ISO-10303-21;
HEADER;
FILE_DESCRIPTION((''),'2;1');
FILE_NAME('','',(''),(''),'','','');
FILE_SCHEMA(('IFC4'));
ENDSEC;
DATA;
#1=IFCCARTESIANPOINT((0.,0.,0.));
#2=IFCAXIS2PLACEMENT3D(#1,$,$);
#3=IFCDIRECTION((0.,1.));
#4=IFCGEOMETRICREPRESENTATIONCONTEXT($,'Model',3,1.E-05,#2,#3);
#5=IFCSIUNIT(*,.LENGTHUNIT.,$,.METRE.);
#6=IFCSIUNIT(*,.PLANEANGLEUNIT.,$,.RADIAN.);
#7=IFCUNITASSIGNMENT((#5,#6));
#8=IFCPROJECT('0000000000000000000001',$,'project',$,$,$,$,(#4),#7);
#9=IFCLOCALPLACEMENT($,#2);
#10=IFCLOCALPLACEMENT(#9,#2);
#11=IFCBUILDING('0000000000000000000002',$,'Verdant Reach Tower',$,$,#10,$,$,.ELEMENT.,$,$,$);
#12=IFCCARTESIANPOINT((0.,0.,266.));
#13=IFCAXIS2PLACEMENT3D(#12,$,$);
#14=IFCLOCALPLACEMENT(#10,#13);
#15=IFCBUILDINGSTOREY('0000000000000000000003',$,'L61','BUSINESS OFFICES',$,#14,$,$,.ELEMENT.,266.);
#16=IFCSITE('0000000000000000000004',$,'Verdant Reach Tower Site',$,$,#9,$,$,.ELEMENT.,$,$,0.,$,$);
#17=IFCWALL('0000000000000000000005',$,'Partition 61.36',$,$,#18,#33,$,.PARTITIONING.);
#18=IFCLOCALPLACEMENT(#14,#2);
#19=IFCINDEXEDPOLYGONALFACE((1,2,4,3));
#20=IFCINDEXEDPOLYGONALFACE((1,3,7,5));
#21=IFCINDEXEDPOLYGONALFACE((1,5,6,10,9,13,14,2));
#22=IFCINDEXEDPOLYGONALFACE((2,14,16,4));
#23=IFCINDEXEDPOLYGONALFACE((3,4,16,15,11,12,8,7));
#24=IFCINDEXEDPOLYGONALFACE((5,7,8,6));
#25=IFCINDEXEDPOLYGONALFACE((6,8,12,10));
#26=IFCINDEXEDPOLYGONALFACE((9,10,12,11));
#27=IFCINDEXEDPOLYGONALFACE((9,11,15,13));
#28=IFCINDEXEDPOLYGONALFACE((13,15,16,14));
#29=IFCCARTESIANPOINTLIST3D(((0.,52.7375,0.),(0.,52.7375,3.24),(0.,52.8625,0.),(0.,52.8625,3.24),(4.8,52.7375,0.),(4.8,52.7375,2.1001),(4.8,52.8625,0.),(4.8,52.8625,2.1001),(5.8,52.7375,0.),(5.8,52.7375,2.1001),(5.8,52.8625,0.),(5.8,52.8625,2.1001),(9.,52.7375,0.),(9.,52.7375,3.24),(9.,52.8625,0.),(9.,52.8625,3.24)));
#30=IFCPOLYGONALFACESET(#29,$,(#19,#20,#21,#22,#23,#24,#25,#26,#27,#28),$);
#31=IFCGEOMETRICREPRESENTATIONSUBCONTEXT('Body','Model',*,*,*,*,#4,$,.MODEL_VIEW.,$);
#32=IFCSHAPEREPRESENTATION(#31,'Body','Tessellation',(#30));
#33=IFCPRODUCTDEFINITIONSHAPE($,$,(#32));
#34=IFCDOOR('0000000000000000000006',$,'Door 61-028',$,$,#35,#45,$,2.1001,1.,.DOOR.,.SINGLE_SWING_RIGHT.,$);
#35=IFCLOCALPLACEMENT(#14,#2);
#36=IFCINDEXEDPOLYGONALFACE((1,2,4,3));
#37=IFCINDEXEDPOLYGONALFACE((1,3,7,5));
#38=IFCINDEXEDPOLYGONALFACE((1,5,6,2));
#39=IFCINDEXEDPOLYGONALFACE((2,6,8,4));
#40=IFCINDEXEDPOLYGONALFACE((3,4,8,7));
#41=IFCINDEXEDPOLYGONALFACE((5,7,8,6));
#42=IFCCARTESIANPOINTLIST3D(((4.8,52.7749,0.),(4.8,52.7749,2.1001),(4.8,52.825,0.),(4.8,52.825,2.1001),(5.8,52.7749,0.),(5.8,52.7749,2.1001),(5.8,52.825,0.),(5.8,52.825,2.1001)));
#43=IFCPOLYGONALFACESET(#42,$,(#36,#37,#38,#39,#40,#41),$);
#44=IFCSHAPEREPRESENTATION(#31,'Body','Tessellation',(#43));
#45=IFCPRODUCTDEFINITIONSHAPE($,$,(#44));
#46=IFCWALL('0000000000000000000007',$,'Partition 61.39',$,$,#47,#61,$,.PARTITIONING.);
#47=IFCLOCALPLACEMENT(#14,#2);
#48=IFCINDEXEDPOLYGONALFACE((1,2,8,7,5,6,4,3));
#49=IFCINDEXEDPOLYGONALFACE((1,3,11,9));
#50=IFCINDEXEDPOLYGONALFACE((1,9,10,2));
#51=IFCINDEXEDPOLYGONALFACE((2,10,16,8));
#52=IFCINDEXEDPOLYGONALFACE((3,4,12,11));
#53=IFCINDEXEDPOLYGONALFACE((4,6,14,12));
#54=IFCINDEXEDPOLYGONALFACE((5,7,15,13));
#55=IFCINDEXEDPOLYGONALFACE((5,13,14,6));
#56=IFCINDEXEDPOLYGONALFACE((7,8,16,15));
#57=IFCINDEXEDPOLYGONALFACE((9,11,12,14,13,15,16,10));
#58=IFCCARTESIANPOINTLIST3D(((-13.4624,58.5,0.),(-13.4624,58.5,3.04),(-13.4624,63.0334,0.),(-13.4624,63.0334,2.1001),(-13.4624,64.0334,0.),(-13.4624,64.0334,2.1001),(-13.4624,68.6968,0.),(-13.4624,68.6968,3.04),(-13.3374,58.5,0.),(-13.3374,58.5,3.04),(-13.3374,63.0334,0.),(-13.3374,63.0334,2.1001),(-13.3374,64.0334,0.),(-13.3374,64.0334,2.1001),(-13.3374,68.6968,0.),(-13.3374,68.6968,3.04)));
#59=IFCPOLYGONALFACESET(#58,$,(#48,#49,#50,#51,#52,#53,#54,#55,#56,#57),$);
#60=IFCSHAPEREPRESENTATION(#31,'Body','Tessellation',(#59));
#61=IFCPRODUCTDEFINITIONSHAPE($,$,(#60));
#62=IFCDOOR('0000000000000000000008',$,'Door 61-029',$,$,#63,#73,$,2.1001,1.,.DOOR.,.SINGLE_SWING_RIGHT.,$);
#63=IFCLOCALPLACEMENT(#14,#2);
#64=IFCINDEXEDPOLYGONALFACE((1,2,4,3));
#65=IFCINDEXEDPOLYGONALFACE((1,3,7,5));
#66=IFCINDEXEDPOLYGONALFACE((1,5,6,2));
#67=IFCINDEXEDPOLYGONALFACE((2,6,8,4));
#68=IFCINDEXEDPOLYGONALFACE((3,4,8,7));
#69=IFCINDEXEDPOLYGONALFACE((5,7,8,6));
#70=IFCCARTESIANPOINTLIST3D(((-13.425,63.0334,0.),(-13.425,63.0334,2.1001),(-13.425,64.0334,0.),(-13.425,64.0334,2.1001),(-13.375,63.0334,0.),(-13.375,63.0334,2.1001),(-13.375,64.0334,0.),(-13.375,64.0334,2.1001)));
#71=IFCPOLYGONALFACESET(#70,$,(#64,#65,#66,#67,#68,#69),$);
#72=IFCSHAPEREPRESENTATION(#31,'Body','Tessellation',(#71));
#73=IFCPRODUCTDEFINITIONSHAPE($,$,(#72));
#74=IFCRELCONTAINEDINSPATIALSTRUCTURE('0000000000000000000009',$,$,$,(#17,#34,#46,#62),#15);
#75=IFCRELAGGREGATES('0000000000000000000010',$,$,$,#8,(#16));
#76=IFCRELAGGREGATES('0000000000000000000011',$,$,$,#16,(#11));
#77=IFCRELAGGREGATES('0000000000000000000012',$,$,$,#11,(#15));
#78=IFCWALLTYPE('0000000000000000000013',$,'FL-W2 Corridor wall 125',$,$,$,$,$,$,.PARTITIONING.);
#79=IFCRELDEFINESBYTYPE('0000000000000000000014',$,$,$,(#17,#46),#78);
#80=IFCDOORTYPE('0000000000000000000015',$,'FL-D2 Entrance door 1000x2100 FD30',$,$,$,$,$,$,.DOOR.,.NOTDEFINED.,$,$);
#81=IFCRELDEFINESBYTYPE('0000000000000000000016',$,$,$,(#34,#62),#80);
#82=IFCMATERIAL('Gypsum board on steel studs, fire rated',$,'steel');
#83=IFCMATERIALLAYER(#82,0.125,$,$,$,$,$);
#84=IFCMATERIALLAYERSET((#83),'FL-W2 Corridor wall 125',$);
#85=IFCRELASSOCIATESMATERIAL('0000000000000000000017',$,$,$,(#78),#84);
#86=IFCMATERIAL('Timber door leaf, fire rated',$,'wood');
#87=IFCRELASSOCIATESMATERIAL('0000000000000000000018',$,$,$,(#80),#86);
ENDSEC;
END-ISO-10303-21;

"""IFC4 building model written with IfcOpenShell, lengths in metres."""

from ifc_helpers import new_model, si_unit, direction, frame, frame_2d, origin, place, context, subcontext, project, spatial, rectangle, extrude, material, layer, layer_set, type_object, element, fill, save


model = new_model("IFC4")

# Units and contexts
model_context = context("Model", 3, precision=1e-05, world=origin(), true_north=direction((0.0, 1.0)))
body_context = subcontext(model_context, "Body", "Model", "MODEL_VIEW")
ifc_project = project(units=[si_unit("LENGTHUNIT", "METRE"), si_unit("PLANEANGLEUNIT", "RADIAN")], contexts=[model_context])

# Site, building, storey
site_placement = place(None, origin())
site = spatial("IfcSite", under=ifc_project, at=site_placement, Name="Verdant Reach Tower Site", CompositionType="ELEMENT", RefElevation=0.0)
building_placement = place(site_placement, origin())
building = spatial("IfcBuilding", under=site, at=building_placement, Name="Verdant Reach Tower", CompositionType="ELEMENT")
storey_placement = place(building_placement, frame((0.0, 0.0, 266.0)))
storey = spatial("IfcBuildingStorey", under=building, at=storey_placement, Name="L61", Description="BUSINESS OFFICES", CompositionType="ELEMENT", Elevation=266.0)

# Shared definitions
ifc_material_1 = material(Name="Gypsum board on steel studs, fire rated", Category="steel")
ifc_layer_1 = layer(ifc_material_1, 0.125)
ifc_layer_set_1 = layer_set([ifc_layer_1], Name="FL-W2 Corridor wall 125")
wall_type_1 = type_object("IfcWallType", Name="FL-W2 Corridor wall 125", PredefinedType="PARTITIONING", material=ifc_layer_set_1)
ifc_material_2 = material(Name="Timber door leaf, fire rated", Category="wood")
door_type_1 = type_object("IfcDoorType", Name="FL-D2 Entrance door 1000x2100 FD30", OperationType="NOTDEFINED", PredefinedType="DOOR", material=ifc_material_2)

# Walls, openings, doors
wall_1_placement = place(storey_placement, frame((0.0, 52.8, 0.0), z_axis=(0.0, 0.0, 1.0), x_axis=(1.0, 0.0, 0.0)))
wall_1 = element("IfcWall", 1, at=wall_1_placement, inside=storey, type_object=wall_type_1, Name="Partition 61.36", PredefinedType="PARTITIONING", context=body_context, shape_type="SweptSolid", body=[
    extrude(rectangle(XDim=9.0, YDim=0.125, at=frame_2d((4.5, 0.0))), origin(), (0.0, 0.0, 1.0), 3.24),
])
opening_1_placement = place(wall_1_placement, frame((4.8, 0.0, 0.0)))
opening_1 = element("IfcOpeningElement", 2, at=opening_1_placement, cuts=wall_1, PredefinedType="OPENING", context=body_context, shape_type="SweptSolid", body=[
    extrude(rectangle(XDim=1.0, YDim=2.1001, at=frame_2d((0.5, 1.05))), frame((0.0, 0.0725, 0.0), z_axis=(0.0, -1.0, 0.0), x_axis=(1.0, 0.0, 0.0)), (0.0, 0.0, 1.0), 0.145),
])
door_1_placement = place(opening_1_placement, origin())
door_1 = element("IfcDoor", 3, at=door_1_placement, inside=storey, type_object=door_type_1, Name="Door 61-028", OperationType="SINGLE_SWING_RIGHT", OverallHeight=2.1001, OverallWidth=1.0, PredefinedType="DOOR", context=body_context, shape_type="SweptSolid", body=[
    extrude(rectangle(XDim=1.0, YDim=2.1001, at=frame_2d((0.5, 1.05))), frame((0.0, 0.0249, 0.0), z_axis=(0.0, -1.0, 0.0), x_axis=(1.0, 0.0, 0.0)), (0.0, 0.0, 1.0), 0.05),
])
fill(opening_1, door_1)
wall_2_placement = place(storey_placement, frame((-13.3999, 68.6968, 0.0), z_axis=(0.0, 0.0, 1.0), x_axis=(0.0, -1.0, 0.0)))
wall_2 = element("IfcWall", 4, at=wall_2_placement, inside=storey, type_object=wall_type_1, Name="Partition 61.39", PredefinedType="PARTITIONING", context=body_context, shape_type="SweptSolid", body=[
    extrude(rectangle(XDim=10.1968, YDim=0.125, at=frame_2d((5.0984, 0.0))), origin(), (0.0, 0.0, 1.0), 3.04),
])
opening_2_placement = place(wall_2_placement, frame((4.6633, 0.0, 0.0)))
opening_2 = element("IfcOpeningElement", 5, at=opening_2_placement, cuts=wall_2, PredefinedType="OPENING", context=body_context, shape_type="SweptSolid", body=[
    extrude(rectangle(XDim=1.0, YDim=2.1001, at=frame_2d((0.5, 1.05))), frame((0.0, 0.0725, 0.0), z_axis=(0.0, -1.0, 0.0), x_axis=(1.0, 0.0, 0.0)), (0.0, 0.0, 1.0), 0.145),
])
door_2_placement = place(opening_2_placement, origin())
door_2 = element("IfcDoor", 6, at=door_2_placement, inside=storey, type_object=door_type_1, Name="Door 61-029", OperationType="SINGLE_SWING_RIGHT", OverallHeight=2.1001, OverallWidth=1.0, PredefinedType="DOOR", context=body_context, shape_type="SweptSolid", body=[
    extrude(rectangle(XDim=1.0, YDim=2.1001, at=frame_2d((0.5, 1.05))), frame((0.0, 0.0249, 0.0), z_axis=(0.0, -1.0, 0.0), x_axis=(1.0, 0.0, 0.0)), (0.0, 0.0, 1.0), 0.05),
])
fill(opening_2, door_2)

save(model, "model.ifc")
